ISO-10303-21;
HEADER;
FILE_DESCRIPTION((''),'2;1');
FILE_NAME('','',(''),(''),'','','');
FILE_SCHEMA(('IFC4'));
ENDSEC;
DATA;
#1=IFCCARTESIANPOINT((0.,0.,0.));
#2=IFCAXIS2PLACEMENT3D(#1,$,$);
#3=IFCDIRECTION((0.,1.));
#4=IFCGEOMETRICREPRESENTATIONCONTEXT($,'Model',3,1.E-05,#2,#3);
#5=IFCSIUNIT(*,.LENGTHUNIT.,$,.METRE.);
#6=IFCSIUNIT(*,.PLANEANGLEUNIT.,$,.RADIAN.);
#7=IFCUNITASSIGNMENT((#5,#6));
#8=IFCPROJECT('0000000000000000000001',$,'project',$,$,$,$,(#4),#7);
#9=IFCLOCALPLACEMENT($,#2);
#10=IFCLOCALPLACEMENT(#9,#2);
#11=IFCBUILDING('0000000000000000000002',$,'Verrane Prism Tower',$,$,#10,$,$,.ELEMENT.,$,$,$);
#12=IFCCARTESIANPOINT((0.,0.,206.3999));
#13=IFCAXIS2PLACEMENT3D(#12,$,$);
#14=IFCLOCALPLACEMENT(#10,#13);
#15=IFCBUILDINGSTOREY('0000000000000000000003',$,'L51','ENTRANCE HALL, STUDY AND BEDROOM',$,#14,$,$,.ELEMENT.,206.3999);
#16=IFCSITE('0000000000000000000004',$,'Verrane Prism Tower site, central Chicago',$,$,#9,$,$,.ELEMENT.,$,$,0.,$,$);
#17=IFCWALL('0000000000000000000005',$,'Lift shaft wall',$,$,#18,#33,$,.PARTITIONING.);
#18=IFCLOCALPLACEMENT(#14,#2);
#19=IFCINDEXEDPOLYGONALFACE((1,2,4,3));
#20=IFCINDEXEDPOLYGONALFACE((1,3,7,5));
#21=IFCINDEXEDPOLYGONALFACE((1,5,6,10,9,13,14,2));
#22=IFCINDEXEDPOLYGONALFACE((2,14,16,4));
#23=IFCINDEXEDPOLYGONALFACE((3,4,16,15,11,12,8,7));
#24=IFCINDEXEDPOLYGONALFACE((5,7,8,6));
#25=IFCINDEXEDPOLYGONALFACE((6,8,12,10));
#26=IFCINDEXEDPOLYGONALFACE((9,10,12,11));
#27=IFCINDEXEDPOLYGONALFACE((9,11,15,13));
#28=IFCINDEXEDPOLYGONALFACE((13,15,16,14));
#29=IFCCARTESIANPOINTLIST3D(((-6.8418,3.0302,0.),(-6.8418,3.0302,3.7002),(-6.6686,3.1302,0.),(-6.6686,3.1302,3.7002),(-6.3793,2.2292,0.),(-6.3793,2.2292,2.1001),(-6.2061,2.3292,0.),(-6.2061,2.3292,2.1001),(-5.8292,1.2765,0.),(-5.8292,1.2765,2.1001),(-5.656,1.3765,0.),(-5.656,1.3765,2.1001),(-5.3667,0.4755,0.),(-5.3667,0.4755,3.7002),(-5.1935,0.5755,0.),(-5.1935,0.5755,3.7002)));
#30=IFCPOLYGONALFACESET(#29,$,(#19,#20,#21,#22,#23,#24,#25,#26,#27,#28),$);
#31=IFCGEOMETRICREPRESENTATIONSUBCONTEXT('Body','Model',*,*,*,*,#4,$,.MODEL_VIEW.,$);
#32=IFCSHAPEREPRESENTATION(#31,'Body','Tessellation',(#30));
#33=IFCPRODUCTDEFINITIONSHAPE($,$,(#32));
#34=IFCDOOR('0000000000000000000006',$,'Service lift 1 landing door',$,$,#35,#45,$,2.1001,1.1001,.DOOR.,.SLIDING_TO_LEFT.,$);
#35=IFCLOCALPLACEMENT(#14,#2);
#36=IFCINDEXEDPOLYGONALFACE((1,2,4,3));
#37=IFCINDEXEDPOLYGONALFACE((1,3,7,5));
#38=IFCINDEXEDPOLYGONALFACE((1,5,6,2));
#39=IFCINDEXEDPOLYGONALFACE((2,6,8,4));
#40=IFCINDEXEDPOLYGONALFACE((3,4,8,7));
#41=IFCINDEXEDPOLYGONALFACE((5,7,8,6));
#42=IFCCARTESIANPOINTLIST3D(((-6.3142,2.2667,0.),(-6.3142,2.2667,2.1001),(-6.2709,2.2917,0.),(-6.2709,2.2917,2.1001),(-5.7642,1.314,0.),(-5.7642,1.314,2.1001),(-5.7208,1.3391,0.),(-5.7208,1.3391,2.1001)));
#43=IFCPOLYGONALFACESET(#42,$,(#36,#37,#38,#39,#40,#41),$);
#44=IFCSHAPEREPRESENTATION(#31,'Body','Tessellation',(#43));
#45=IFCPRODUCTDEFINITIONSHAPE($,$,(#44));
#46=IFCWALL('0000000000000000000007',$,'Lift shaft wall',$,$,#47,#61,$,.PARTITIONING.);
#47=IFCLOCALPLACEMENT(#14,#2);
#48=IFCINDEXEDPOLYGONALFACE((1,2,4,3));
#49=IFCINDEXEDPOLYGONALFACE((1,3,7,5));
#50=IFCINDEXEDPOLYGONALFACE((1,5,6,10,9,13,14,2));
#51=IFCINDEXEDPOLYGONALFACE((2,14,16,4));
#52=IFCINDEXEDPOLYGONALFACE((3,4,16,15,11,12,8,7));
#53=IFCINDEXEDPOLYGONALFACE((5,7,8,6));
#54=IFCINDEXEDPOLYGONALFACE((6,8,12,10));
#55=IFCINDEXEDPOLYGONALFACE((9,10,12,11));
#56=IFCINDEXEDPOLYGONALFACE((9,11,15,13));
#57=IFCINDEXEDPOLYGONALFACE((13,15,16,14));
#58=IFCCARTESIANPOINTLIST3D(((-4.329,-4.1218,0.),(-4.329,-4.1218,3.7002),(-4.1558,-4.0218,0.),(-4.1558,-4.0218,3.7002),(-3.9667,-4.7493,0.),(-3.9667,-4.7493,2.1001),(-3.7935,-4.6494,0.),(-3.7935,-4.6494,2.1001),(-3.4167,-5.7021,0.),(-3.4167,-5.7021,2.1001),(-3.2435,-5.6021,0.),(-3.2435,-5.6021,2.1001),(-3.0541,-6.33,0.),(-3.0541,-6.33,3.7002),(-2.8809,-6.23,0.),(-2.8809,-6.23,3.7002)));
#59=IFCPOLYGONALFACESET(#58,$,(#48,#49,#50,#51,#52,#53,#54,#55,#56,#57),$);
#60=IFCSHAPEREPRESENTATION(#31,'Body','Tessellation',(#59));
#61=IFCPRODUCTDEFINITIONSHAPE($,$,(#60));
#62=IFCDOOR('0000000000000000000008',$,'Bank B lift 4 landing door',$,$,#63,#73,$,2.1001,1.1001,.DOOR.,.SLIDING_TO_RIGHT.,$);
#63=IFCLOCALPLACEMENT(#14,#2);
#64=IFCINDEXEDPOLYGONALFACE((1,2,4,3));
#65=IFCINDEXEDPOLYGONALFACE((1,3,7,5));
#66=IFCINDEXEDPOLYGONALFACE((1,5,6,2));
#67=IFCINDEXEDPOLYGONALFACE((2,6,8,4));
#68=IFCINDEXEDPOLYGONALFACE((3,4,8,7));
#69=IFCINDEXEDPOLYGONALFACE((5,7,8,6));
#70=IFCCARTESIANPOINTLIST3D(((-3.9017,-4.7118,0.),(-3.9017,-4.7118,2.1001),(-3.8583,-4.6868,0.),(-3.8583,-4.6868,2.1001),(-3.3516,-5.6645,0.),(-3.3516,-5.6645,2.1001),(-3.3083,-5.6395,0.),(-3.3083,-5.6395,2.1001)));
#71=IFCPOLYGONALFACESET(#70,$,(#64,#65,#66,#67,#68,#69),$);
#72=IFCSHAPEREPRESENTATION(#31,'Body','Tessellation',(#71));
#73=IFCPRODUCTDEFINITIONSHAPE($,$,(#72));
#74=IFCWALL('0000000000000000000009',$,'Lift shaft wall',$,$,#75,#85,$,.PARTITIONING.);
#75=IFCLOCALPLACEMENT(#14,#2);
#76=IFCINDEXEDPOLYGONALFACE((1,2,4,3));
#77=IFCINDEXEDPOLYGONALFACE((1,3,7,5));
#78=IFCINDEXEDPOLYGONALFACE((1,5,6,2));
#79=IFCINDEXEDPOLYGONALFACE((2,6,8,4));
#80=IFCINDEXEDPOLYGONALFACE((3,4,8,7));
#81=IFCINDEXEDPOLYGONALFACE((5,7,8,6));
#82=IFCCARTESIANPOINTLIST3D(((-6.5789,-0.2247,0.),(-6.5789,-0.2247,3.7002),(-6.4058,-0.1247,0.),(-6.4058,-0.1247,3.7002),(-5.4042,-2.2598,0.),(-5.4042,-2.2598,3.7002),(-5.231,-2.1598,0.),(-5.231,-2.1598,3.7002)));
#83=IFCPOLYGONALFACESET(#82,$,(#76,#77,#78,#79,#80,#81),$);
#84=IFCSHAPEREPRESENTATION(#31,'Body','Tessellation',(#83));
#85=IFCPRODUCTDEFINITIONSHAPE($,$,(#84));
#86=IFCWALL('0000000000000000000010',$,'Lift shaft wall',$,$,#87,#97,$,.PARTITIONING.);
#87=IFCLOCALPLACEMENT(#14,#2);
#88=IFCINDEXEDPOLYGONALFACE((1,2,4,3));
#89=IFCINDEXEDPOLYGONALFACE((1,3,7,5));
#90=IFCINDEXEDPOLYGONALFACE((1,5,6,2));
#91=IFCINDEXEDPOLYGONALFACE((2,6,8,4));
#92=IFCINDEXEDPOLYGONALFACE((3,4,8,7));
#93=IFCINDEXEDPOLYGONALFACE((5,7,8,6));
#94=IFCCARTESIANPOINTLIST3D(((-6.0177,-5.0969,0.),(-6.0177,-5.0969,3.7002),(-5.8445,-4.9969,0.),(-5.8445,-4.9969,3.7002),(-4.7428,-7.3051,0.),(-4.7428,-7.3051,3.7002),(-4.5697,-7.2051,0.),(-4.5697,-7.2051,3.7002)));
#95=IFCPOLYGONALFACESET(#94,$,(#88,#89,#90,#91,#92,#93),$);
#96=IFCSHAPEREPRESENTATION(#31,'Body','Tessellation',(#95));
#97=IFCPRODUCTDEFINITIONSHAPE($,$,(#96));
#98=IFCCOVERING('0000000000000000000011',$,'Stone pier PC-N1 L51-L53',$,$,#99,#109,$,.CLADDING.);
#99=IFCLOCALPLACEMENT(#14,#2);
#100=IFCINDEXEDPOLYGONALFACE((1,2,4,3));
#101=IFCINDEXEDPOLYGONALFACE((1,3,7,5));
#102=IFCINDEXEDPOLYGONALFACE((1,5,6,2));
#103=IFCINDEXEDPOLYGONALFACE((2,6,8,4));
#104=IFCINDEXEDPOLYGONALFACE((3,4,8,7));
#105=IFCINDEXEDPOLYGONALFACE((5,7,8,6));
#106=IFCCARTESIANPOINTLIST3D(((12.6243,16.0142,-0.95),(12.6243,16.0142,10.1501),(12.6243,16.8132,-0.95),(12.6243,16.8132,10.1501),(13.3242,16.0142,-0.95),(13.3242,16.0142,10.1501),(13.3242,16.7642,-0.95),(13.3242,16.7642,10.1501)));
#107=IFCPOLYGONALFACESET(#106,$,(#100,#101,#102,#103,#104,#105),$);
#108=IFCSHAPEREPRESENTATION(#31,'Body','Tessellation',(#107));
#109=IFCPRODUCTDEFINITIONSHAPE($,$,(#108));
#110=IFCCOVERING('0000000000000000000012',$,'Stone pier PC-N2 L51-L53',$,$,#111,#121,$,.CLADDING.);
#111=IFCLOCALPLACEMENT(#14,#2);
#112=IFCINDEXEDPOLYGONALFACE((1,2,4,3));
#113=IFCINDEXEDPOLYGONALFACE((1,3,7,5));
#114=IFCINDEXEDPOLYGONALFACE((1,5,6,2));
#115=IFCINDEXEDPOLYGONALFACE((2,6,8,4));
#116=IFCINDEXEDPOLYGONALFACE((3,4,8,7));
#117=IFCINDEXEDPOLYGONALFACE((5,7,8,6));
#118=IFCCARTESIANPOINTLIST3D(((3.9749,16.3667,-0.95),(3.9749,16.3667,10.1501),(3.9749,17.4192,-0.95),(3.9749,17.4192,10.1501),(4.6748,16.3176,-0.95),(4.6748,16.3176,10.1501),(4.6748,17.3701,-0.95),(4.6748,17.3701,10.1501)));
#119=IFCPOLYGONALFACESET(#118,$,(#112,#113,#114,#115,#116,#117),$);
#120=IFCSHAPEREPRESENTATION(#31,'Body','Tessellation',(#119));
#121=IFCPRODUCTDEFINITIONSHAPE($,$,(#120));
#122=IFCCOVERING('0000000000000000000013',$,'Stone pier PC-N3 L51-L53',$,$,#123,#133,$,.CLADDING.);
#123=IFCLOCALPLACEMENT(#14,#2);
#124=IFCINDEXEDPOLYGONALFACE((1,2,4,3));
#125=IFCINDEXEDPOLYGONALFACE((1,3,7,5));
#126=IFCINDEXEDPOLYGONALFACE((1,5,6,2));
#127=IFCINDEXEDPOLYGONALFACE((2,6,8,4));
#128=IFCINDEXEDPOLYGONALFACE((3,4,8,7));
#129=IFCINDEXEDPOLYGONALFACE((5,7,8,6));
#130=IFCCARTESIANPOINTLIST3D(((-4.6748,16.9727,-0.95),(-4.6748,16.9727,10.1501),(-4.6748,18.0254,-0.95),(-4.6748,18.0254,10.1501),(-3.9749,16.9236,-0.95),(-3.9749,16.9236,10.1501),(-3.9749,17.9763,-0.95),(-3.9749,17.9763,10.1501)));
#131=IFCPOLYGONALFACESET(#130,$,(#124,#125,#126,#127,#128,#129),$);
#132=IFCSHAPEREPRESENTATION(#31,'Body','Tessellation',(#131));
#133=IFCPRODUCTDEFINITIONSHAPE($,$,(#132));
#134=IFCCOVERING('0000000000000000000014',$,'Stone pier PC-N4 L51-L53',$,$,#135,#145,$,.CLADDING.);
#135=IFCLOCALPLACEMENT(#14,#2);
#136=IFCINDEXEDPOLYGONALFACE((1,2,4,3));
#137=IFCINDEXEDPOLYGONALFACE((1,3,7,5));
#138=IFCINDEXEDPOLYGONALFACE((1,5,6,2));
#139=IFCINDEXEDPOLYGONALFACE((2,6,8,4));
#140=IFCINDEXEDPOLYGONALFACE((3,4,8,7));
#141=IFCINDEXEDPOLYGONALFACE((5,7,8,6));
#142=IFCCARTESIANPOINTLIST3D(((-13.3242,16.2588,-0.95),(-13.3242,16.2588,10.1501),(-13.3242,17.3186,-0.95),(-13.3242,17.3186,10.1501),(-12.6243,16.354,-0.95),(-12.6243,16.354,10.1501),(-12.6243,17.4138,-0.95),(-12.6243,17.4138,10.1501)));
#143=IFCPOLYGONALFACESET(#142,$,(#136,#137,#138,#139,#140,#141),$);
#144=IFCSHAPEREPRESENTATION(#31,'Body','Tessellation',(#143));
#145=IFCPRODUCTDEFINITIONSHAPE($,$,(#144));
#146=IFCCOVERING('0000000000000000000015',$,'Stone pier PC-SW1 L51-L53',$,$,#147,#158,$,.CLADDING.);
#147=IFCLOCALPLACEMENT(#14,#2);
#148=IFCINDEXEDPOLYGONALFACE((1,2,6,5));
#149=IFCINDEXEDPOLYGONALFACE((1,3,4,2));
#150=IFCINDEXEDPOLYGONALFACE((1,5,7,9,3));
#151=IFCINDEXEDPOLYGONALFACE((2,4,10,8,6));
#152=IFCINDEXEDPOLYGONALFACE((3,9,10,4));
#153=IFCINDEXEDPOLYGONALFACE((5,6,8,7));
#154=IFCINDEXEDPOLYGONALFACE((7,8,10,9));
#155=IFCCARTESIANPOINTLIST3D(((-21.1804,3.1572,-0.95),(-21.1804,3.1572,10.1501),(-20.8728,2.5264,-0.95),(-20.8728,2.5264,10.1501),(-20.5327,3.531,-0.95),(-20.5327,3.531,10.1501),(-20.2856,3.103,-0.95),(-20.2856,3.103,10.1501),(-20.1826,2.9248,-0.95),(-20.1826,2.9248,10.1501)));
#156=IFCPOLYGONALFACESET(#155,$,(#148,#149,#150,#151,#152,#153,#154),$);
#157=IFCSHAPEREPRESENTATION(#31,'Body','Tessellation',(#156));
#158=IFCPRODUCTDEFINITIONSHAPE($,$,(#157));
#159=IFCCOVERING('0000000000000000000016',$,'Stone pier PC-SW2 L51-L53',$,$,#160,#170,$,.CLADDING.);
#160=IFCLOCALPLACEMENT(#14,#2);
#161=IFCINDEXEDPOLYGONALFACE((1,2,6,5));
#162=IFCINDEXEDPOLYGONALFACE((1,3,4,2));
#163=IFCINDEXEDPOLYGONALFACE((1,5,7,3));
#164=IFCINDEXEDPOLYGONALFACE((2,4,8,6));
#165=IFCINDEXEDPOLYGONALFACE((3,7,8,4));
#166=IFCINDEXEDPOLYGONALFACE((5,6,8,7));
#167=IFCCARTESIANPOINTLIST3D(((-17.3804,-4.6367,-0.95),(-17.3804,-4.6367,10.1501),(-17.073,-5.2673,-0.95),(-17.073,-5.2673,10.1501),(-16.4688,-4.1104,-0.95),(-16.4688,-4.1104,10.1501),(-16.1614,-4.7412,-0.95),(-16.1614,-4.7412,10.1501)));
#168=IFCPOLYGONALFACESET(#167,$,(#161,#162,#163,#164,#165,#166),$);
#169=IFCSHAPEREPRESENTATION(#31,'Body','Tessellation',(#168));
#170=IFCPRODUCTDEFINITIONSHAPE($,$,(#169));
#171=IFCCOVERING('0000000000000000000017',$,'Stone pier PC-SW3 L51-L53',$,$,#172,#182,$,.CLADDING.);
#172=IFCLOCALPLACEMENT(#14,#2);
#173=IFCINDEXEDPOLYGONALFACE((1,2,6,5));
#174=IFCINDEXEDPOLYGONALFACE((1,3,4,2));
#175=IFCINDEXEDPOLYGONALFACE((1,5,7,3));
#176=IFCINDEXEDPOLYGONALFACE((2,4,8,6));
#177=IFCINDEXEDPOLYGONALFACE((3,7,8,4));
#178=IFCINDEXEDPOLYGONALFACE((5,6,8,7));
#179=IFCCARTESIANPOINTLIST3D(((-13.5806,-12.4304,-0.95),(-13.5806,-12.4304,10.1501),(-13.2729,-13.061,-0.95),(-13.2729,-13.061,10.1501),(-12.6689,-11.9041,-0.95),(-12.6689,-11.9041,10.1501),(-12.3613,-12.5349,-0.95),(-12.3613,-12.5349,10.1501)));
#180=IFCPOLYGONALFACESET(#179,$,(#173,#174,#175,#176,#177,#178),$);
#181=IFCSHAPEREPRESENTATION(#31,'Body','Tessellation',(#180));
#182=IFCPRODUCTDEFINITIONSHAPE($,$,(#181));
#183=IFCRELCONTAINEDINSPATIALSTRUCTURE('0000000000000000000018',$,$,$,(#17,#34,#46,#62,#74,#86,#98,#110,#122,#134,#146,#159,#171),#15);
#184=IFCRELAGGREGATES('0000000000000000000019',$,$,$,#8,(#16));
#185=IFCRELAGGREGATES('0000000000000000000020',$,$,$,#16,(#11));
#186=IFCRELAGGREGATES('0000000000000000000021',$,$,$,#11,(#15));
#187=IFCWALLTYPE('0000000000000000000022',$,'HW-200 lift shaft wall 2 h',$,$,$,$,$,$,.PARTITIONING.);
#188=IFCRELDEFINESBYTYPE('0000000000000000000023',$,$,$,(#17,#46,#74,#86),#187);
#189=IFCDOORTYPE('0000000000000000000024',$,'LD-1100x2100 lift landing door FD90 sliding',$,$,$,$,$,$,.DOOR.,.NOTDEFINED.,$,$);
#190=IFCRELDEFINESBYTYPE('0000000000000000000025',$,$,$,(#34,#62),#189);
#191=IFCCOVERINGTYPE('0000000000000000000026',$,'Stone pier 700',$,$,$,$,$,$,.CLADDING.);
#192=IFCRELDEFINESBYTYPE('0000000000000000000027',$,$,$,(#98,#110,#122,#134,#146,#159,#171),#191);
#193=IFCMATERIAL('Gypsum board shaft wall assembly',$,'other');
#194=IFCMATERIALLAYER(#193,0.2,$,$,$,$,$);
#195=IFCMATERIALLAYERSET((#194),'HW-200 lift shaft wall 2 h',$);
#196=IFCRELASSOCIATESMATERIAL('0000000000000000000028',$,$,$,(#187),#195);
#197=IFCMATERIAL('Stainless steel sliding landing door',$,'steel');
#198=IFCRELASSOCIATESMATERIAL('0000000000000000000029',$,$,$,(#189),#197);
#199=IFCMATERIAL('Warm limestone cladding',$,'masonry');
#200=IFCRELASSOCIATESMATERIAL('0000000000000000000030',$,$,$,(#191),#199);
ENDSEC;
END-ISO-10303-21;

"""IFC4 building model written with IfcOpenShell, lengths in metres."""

from ifc_helpers import new_model, si_unit, direction, frame, frame_2d, origin, place, context, subcontext, project, spatial, polyline, rectangle, outline, extrude, material, layer, layer_set, type_object, element, fill, save


model = new_model("IFC4")

# Units and contexts
model_context = context("Model", 3, precision=1e-05, world=origin(), true_north=direction((0.0, 1.0)))
body_context = subcontext(model_context, "Body", "Model", "MODEL_VIEW")
ifc_project = project(units=[si_unit("LENGTHUNIT", "METRE"), si_unit("PLANEANGLEUNIT", "RADIAN")], contexts=[model_context])

# Site, building, storey
site_placement = place(None, origin())
site = spatial("IfcSite", under=ifc_project, at=site_placement, Name="Verrane Prism Tower site, central Chicago", CompositionType="ELEMENT", RefElevation=0.0)
building_placement = place(site_placement, origin())
building = spatial("IfcBuilding", under=site, at=building_placement, Name="Verrane Prism Tower", CompositionType="ELEMENT")
storey_placement = place(building_placement, frame((0.0, 0.0, 206.3999)))
storey = spatial("IfcBuildingStorey", under=building, at=storey_placement, Name="L51", Description="ENTRANCE HALL, STUDY AND BEDROOM", CompositionType="ELEMENT", Elevation=206.3999)

# Shared definitions
ifc_material_1 = material(Name="Gypsum board shaft wall assembly", Category="other")
ifc_layer_1 = layer(ifc_material_1, 0.2)
ifc_layer_set_1 = layer_set([ifc_layer_1], Name="HW-200 lift shaft wall 2 h")
wall_type_1 = type_object("IfcWallType", Name="HW-200 lift shaft wall 2 h", PredefinedType="PARTITIONING", material=ifc_layer_set_1)
ifc_material_2 = material(Name="Stainless steel sliding landing door", Category="steel")
door_type_1 = type_object("IfcDoorType", Name="LD-1100x2100 lift landing door FD90 sliding", OperationType="NOTDEFINED", PredefinedType="DOOR", material=ifc_material_2)

# Walls, openings, doors
wall_1_placement = place(storey_placement, frame((-5.28, 0.5254, 0.0), z_axis=(0.0, 0.0, 1.0), x_axis=(-0.500038, 0.866004, 0.0)))
wall_1 = element("IfcWall", 1, at=wall_1_placement, inside=storey, type_object=wall_type_1, Name="Lift shaft wall", PredefinedType="PARTITIONING", context=body_context, shape_type="SweptSolid", body=[
    extrude(rectangle(XDim=2.95, YDim=0.2, at=frame_2d((1.4751, 0.0))), origin(), (0.0, 0.0, 1.0), 3.7002),
])
opening_1_placement = place(wall_1_placement, frame((0.925, 0.0, 0.0)))
opening_1 = element("IfcOpeningElement", 2, at=opening_1_placement, cuts=wall_1, PredefinedType="OPENING", context=body_context, shape_type="SweptSolid", body=[
    extrude(rectangle(XDim=1.1001, YDim=2.1001, at=frame_2d((0.55, 1.05))), frame((0.0, 0.1099, 0.0), z_axis=(0.0, -1.0, 0.0), x_axis=(1.0, 0.0, 0.0)), (0.0, 0.0, 1.0), 0.22),
])
door_1_placement = place(opening_1_placement, origin())
door_1 = element("IfcDoor", 3, at=door_1_placement, inside=storey, type_object=door_type_1, Name="Service lift 1 landing door", OperationType="SLIDING_TO_LEFT", OverallHeight=2.1001, OverallWidth=1.1001, PredefinedType="DOOR", context=body_context, shape_type="SweptSolid", body=[
    extrude(rectangle(XDim=1.1001, YDim=2.1001, at=frame_2d((0.55, 1.05))), frame((0.0, 0.0249, 0.0), z_axis=(0.0, -1.0, 0.0), x_axis=(1.0, 0.0, 0.0)), (0.0, 0.0, 1.0), 0.05),
])
fill(opening_1, door_1)
wall_2_placement = place(storey_placement, frame((-2.9675, -6.28, 0.0), z_axis=(0.0, 0.0, 1.0), x_axis=(-0.49999, 0.866031, 0.0)))
wall_2 = element("IfcWall", 4, at=wall_2_placement, inside=storey, type_object=wall_type_1, Name="Lift shaft wall", PredefinedType="PARTITIONING", context=body_context, shape_type="SweptSolid", body=[
    extrude(rectangle(XDim=2.5498, YDim=0.2, at=frame_2d((1.2749, 0.0))), origin(), (0.0, 0.0, 1.0), 3.7002),
])
opening_2_placement = place(wall_2_placement, frame((0.7251, 0.0, 0.0)))
opening_2 = element("IfcOpeningElement", 5, at=opening_2_placement, cuts=wall_2, PredefinedType="OPENING", context=body_context, shape_type="SweptSolid", body=[
    extrude(rectangle(XDim=1.1001, YDim=2.1001, at=frame_2d((0.55, 1.05))), frame((0.0, 0.1099, 0.0), z_axis=(0.0, -1.0, 0.0), x_axis=(1.0, 0.0, 0.0)), (0.0, 0.0, 1.0), 0.22),
])
door_2_placement = place(opening_2_placement, origin())
door_2 = element("IfcDoor", 6, at=door_2_placement, inside=storey, type_object=door_type_1, Name="Bank B lift 4 landing door", OperationType="SLIDING_TO_RIGHT", OverallHeight=2.1001, OverallWidth=1.1001, PredefinedType="DOOR", context=body_context, shape_type="SweptSolid", body=[
    extrude(rectangle(XDim=1.1001, YDim=2.1001, at=frame_2d((0.55, 1.05))), frame((0.0, 0.0249, 0.0), z_axis=(0.0, -1.0, 0.0), x_axis=(1.0, 0.0, 0.0)), (0.0, 0.0, 1.0), 0.05),
])
fill(opening_2, door_2)

# Walls
wall_3_placement = place(storey_placement, frame((-5.3176, -2.2097, 0.0), z_axis=(0.0, 0.0, 1.0), x_axis=(-0.499938, 0.866061, 0.0)))
element("IfcWall", 7, at=wall_3_placement, inside=storey, type_object=wall_type_1, Name="Lift shaft wall", PredefinedType="PARTITIONING", context=body_context, shape_type="SweptSolid", body=[
    extrude(rectangle(XDim=2.3499, YDim=0.2, at=frame_2d((1.1748, 0.0))), origin(), (0.0, 0.0, 1.0), 3.7002),
])
wall_4_placement = place(storey_placement, frame((-4.6562, -7.2551, 0.0), z_axis=(0.0, 0.0, 1.0), x_axis=(-0.49999, 0.866031, 0.0)))
element("IfcWall", 8, at=wall_4_placement, inside=storey, type_object=wall_type_1, Name="Lift shaft wall", PredefinedType="PARTITIONING", context=body_context, shape_type="SweptSolid", body=[
    extrude(rectangle(XDim=2.5498, YDim=0.2, at=frame_2d((1.2749, 0.0))), origin(), (0.0, 0.0, 1.0), 3.7002),
])

# Coverings
ifc_material_3 = material(Name="Warm limestone cladding", Category="masonry")
covering_type = type_object("IfcCoveringType", Name="Stone pier 700", PredefinedType="CLADDING", material=ifc_material_3)
covering_1_placement = place(storey_placement, frame((0.0, 0.0, -0.95)))
element("IfcCovering", 9, at=covering_1_placement, inside=storey, type_object=covering_type, Name="Stone pier PC-N1 L51-L53", PredefinedType="CLADDING", context=body_context, shape_type="SweptSolid", body=[
    extrude(outline(polyline([(12.6243, 16.0142), (13.3242, 16.0142), (13.3242, 16.7642), (12.6243, 16.8132), (12.6243, 16.0142)])), origin(), (0.0, 0.0, 1.0), 11.1001),
])
covering_2_placement = place(storey_placement, frame((0.0, 0.0, -0.95)))
element("IfcCovering", 10, at=covering_2_placement, inside=storey, type_object=covering_type, Name="Stone pier PC-N2 L51-L53", PredefinedType="CLADDING", context=body_context, shape_type="SweptSolid", body=[
    extrude(outline(polyline([(3.9749, 17.4192), (3.9749, 16.3667), (4.6748, 16.3176), (4.6748, 17.3701), (3.9749, 17.4192)])), origin(), (0.0, 0.0, 1.0), 11.1001),
])
covering_3_placement = place(storey_placement, frame((0.0, 0.0, -0.95)))
element("IfcCovering", 11, at=covering_3_placement, inside=storey, type_object=covering_type, Name="Stone pier PC-N3 L51-L53", PredefinedType="CLADDING", context=body_context, shape_type="SweptSolid", body=[
    extrude(outline(polyline([(-4.6748, 18.0254), (-4.6748, 16.9727), (-3.9749, 16.9236), (-3.9749, 17.9763), (-4.6748, 18.0254)])), origin(), (0.0, 0.0, 1.0), 11.1001),
])
covering_4_placement = place(storey_placement, frame((0.0, 0.0, -0.95)))
element("IfcCovering", 12, at=covering_4_placement, inside=storey, type_object=covering_type, Name="Stone pier PC-N4 L51-L53", PredefinedType="CLADDING", context=body_context, shape_type="SweptSolid", body=[
    extrude(outline(polyline([(-13.3242, 17.3186), (-13.3242, 16.2588), (-12.6243, 16.354), (-12.6243, 17.4138), (-13.3242, 17.3186)])), origin(), (0.0, 0.0, 1.0), 11.1001),
])
covering_5_placement = place(storey_placement, frame((0.0, 0.0, -0.95)))
element("IfcCovering", 13, at=covering_5_placement, inside=storey, type_object=covering_type, Name="Stone pier PC-SW1 L51-L53", PredefinedType="CLADDING", context=body_context, shape_type="SweptSolid", body=[
    extrude(outline(polyline([(-20.1826, 2.9248), (-20.2856, 3.103), (-20.5327, 3.531), (-21.1804, 3.1572), (-20.8728, 2.5264), (-20.1826, 2.9248)])), origin(), (0.0, 0.0, 1.0), 11.1001),
])
covering_6_placement = place(storey_placement, frame((0.0, 0.0, -0.95)))
element("IfcCovering", 14, at=covering_6_placement, inside=storey, type_object=covering_type, Name="Stone pier PC-SW2 L51-L53", PredefinedType="CLADDING", context=body_context, shape_type="SweptSolid", body=[
    extrude(outline(polyline([(-17.073, -5.2673), (-16.1614, -4.7412), (-16.4688, -4.1104), (-17.3804, -4.6367), (-17.073, -5.2673)])), origin(), (0.0, 0.0, 1.0), 11.1001),
])
covering_7_placement = place(storey_placement, frame((0.0, 0.0, -0.95)))
element("IfcCovering", 15, at=covering_7_placement, inside=storey, type_object=covering_type, Name="Stone pier PC-SW3 L51-L53", PredefinedType="CLADDING", context=body_context, shape_type="SweptSolid", body=[
    extrude(outline(polyline([(-13.2729, -13.061), (-12.3613, -12.5349), (-12.6689, -11.9041), (-13.5806, -12.4304), (-13.2729, -13.061)])), origin(), (0.0, 0.0, 1.0), 11.1001),
])

save(model, "model.ifc")
